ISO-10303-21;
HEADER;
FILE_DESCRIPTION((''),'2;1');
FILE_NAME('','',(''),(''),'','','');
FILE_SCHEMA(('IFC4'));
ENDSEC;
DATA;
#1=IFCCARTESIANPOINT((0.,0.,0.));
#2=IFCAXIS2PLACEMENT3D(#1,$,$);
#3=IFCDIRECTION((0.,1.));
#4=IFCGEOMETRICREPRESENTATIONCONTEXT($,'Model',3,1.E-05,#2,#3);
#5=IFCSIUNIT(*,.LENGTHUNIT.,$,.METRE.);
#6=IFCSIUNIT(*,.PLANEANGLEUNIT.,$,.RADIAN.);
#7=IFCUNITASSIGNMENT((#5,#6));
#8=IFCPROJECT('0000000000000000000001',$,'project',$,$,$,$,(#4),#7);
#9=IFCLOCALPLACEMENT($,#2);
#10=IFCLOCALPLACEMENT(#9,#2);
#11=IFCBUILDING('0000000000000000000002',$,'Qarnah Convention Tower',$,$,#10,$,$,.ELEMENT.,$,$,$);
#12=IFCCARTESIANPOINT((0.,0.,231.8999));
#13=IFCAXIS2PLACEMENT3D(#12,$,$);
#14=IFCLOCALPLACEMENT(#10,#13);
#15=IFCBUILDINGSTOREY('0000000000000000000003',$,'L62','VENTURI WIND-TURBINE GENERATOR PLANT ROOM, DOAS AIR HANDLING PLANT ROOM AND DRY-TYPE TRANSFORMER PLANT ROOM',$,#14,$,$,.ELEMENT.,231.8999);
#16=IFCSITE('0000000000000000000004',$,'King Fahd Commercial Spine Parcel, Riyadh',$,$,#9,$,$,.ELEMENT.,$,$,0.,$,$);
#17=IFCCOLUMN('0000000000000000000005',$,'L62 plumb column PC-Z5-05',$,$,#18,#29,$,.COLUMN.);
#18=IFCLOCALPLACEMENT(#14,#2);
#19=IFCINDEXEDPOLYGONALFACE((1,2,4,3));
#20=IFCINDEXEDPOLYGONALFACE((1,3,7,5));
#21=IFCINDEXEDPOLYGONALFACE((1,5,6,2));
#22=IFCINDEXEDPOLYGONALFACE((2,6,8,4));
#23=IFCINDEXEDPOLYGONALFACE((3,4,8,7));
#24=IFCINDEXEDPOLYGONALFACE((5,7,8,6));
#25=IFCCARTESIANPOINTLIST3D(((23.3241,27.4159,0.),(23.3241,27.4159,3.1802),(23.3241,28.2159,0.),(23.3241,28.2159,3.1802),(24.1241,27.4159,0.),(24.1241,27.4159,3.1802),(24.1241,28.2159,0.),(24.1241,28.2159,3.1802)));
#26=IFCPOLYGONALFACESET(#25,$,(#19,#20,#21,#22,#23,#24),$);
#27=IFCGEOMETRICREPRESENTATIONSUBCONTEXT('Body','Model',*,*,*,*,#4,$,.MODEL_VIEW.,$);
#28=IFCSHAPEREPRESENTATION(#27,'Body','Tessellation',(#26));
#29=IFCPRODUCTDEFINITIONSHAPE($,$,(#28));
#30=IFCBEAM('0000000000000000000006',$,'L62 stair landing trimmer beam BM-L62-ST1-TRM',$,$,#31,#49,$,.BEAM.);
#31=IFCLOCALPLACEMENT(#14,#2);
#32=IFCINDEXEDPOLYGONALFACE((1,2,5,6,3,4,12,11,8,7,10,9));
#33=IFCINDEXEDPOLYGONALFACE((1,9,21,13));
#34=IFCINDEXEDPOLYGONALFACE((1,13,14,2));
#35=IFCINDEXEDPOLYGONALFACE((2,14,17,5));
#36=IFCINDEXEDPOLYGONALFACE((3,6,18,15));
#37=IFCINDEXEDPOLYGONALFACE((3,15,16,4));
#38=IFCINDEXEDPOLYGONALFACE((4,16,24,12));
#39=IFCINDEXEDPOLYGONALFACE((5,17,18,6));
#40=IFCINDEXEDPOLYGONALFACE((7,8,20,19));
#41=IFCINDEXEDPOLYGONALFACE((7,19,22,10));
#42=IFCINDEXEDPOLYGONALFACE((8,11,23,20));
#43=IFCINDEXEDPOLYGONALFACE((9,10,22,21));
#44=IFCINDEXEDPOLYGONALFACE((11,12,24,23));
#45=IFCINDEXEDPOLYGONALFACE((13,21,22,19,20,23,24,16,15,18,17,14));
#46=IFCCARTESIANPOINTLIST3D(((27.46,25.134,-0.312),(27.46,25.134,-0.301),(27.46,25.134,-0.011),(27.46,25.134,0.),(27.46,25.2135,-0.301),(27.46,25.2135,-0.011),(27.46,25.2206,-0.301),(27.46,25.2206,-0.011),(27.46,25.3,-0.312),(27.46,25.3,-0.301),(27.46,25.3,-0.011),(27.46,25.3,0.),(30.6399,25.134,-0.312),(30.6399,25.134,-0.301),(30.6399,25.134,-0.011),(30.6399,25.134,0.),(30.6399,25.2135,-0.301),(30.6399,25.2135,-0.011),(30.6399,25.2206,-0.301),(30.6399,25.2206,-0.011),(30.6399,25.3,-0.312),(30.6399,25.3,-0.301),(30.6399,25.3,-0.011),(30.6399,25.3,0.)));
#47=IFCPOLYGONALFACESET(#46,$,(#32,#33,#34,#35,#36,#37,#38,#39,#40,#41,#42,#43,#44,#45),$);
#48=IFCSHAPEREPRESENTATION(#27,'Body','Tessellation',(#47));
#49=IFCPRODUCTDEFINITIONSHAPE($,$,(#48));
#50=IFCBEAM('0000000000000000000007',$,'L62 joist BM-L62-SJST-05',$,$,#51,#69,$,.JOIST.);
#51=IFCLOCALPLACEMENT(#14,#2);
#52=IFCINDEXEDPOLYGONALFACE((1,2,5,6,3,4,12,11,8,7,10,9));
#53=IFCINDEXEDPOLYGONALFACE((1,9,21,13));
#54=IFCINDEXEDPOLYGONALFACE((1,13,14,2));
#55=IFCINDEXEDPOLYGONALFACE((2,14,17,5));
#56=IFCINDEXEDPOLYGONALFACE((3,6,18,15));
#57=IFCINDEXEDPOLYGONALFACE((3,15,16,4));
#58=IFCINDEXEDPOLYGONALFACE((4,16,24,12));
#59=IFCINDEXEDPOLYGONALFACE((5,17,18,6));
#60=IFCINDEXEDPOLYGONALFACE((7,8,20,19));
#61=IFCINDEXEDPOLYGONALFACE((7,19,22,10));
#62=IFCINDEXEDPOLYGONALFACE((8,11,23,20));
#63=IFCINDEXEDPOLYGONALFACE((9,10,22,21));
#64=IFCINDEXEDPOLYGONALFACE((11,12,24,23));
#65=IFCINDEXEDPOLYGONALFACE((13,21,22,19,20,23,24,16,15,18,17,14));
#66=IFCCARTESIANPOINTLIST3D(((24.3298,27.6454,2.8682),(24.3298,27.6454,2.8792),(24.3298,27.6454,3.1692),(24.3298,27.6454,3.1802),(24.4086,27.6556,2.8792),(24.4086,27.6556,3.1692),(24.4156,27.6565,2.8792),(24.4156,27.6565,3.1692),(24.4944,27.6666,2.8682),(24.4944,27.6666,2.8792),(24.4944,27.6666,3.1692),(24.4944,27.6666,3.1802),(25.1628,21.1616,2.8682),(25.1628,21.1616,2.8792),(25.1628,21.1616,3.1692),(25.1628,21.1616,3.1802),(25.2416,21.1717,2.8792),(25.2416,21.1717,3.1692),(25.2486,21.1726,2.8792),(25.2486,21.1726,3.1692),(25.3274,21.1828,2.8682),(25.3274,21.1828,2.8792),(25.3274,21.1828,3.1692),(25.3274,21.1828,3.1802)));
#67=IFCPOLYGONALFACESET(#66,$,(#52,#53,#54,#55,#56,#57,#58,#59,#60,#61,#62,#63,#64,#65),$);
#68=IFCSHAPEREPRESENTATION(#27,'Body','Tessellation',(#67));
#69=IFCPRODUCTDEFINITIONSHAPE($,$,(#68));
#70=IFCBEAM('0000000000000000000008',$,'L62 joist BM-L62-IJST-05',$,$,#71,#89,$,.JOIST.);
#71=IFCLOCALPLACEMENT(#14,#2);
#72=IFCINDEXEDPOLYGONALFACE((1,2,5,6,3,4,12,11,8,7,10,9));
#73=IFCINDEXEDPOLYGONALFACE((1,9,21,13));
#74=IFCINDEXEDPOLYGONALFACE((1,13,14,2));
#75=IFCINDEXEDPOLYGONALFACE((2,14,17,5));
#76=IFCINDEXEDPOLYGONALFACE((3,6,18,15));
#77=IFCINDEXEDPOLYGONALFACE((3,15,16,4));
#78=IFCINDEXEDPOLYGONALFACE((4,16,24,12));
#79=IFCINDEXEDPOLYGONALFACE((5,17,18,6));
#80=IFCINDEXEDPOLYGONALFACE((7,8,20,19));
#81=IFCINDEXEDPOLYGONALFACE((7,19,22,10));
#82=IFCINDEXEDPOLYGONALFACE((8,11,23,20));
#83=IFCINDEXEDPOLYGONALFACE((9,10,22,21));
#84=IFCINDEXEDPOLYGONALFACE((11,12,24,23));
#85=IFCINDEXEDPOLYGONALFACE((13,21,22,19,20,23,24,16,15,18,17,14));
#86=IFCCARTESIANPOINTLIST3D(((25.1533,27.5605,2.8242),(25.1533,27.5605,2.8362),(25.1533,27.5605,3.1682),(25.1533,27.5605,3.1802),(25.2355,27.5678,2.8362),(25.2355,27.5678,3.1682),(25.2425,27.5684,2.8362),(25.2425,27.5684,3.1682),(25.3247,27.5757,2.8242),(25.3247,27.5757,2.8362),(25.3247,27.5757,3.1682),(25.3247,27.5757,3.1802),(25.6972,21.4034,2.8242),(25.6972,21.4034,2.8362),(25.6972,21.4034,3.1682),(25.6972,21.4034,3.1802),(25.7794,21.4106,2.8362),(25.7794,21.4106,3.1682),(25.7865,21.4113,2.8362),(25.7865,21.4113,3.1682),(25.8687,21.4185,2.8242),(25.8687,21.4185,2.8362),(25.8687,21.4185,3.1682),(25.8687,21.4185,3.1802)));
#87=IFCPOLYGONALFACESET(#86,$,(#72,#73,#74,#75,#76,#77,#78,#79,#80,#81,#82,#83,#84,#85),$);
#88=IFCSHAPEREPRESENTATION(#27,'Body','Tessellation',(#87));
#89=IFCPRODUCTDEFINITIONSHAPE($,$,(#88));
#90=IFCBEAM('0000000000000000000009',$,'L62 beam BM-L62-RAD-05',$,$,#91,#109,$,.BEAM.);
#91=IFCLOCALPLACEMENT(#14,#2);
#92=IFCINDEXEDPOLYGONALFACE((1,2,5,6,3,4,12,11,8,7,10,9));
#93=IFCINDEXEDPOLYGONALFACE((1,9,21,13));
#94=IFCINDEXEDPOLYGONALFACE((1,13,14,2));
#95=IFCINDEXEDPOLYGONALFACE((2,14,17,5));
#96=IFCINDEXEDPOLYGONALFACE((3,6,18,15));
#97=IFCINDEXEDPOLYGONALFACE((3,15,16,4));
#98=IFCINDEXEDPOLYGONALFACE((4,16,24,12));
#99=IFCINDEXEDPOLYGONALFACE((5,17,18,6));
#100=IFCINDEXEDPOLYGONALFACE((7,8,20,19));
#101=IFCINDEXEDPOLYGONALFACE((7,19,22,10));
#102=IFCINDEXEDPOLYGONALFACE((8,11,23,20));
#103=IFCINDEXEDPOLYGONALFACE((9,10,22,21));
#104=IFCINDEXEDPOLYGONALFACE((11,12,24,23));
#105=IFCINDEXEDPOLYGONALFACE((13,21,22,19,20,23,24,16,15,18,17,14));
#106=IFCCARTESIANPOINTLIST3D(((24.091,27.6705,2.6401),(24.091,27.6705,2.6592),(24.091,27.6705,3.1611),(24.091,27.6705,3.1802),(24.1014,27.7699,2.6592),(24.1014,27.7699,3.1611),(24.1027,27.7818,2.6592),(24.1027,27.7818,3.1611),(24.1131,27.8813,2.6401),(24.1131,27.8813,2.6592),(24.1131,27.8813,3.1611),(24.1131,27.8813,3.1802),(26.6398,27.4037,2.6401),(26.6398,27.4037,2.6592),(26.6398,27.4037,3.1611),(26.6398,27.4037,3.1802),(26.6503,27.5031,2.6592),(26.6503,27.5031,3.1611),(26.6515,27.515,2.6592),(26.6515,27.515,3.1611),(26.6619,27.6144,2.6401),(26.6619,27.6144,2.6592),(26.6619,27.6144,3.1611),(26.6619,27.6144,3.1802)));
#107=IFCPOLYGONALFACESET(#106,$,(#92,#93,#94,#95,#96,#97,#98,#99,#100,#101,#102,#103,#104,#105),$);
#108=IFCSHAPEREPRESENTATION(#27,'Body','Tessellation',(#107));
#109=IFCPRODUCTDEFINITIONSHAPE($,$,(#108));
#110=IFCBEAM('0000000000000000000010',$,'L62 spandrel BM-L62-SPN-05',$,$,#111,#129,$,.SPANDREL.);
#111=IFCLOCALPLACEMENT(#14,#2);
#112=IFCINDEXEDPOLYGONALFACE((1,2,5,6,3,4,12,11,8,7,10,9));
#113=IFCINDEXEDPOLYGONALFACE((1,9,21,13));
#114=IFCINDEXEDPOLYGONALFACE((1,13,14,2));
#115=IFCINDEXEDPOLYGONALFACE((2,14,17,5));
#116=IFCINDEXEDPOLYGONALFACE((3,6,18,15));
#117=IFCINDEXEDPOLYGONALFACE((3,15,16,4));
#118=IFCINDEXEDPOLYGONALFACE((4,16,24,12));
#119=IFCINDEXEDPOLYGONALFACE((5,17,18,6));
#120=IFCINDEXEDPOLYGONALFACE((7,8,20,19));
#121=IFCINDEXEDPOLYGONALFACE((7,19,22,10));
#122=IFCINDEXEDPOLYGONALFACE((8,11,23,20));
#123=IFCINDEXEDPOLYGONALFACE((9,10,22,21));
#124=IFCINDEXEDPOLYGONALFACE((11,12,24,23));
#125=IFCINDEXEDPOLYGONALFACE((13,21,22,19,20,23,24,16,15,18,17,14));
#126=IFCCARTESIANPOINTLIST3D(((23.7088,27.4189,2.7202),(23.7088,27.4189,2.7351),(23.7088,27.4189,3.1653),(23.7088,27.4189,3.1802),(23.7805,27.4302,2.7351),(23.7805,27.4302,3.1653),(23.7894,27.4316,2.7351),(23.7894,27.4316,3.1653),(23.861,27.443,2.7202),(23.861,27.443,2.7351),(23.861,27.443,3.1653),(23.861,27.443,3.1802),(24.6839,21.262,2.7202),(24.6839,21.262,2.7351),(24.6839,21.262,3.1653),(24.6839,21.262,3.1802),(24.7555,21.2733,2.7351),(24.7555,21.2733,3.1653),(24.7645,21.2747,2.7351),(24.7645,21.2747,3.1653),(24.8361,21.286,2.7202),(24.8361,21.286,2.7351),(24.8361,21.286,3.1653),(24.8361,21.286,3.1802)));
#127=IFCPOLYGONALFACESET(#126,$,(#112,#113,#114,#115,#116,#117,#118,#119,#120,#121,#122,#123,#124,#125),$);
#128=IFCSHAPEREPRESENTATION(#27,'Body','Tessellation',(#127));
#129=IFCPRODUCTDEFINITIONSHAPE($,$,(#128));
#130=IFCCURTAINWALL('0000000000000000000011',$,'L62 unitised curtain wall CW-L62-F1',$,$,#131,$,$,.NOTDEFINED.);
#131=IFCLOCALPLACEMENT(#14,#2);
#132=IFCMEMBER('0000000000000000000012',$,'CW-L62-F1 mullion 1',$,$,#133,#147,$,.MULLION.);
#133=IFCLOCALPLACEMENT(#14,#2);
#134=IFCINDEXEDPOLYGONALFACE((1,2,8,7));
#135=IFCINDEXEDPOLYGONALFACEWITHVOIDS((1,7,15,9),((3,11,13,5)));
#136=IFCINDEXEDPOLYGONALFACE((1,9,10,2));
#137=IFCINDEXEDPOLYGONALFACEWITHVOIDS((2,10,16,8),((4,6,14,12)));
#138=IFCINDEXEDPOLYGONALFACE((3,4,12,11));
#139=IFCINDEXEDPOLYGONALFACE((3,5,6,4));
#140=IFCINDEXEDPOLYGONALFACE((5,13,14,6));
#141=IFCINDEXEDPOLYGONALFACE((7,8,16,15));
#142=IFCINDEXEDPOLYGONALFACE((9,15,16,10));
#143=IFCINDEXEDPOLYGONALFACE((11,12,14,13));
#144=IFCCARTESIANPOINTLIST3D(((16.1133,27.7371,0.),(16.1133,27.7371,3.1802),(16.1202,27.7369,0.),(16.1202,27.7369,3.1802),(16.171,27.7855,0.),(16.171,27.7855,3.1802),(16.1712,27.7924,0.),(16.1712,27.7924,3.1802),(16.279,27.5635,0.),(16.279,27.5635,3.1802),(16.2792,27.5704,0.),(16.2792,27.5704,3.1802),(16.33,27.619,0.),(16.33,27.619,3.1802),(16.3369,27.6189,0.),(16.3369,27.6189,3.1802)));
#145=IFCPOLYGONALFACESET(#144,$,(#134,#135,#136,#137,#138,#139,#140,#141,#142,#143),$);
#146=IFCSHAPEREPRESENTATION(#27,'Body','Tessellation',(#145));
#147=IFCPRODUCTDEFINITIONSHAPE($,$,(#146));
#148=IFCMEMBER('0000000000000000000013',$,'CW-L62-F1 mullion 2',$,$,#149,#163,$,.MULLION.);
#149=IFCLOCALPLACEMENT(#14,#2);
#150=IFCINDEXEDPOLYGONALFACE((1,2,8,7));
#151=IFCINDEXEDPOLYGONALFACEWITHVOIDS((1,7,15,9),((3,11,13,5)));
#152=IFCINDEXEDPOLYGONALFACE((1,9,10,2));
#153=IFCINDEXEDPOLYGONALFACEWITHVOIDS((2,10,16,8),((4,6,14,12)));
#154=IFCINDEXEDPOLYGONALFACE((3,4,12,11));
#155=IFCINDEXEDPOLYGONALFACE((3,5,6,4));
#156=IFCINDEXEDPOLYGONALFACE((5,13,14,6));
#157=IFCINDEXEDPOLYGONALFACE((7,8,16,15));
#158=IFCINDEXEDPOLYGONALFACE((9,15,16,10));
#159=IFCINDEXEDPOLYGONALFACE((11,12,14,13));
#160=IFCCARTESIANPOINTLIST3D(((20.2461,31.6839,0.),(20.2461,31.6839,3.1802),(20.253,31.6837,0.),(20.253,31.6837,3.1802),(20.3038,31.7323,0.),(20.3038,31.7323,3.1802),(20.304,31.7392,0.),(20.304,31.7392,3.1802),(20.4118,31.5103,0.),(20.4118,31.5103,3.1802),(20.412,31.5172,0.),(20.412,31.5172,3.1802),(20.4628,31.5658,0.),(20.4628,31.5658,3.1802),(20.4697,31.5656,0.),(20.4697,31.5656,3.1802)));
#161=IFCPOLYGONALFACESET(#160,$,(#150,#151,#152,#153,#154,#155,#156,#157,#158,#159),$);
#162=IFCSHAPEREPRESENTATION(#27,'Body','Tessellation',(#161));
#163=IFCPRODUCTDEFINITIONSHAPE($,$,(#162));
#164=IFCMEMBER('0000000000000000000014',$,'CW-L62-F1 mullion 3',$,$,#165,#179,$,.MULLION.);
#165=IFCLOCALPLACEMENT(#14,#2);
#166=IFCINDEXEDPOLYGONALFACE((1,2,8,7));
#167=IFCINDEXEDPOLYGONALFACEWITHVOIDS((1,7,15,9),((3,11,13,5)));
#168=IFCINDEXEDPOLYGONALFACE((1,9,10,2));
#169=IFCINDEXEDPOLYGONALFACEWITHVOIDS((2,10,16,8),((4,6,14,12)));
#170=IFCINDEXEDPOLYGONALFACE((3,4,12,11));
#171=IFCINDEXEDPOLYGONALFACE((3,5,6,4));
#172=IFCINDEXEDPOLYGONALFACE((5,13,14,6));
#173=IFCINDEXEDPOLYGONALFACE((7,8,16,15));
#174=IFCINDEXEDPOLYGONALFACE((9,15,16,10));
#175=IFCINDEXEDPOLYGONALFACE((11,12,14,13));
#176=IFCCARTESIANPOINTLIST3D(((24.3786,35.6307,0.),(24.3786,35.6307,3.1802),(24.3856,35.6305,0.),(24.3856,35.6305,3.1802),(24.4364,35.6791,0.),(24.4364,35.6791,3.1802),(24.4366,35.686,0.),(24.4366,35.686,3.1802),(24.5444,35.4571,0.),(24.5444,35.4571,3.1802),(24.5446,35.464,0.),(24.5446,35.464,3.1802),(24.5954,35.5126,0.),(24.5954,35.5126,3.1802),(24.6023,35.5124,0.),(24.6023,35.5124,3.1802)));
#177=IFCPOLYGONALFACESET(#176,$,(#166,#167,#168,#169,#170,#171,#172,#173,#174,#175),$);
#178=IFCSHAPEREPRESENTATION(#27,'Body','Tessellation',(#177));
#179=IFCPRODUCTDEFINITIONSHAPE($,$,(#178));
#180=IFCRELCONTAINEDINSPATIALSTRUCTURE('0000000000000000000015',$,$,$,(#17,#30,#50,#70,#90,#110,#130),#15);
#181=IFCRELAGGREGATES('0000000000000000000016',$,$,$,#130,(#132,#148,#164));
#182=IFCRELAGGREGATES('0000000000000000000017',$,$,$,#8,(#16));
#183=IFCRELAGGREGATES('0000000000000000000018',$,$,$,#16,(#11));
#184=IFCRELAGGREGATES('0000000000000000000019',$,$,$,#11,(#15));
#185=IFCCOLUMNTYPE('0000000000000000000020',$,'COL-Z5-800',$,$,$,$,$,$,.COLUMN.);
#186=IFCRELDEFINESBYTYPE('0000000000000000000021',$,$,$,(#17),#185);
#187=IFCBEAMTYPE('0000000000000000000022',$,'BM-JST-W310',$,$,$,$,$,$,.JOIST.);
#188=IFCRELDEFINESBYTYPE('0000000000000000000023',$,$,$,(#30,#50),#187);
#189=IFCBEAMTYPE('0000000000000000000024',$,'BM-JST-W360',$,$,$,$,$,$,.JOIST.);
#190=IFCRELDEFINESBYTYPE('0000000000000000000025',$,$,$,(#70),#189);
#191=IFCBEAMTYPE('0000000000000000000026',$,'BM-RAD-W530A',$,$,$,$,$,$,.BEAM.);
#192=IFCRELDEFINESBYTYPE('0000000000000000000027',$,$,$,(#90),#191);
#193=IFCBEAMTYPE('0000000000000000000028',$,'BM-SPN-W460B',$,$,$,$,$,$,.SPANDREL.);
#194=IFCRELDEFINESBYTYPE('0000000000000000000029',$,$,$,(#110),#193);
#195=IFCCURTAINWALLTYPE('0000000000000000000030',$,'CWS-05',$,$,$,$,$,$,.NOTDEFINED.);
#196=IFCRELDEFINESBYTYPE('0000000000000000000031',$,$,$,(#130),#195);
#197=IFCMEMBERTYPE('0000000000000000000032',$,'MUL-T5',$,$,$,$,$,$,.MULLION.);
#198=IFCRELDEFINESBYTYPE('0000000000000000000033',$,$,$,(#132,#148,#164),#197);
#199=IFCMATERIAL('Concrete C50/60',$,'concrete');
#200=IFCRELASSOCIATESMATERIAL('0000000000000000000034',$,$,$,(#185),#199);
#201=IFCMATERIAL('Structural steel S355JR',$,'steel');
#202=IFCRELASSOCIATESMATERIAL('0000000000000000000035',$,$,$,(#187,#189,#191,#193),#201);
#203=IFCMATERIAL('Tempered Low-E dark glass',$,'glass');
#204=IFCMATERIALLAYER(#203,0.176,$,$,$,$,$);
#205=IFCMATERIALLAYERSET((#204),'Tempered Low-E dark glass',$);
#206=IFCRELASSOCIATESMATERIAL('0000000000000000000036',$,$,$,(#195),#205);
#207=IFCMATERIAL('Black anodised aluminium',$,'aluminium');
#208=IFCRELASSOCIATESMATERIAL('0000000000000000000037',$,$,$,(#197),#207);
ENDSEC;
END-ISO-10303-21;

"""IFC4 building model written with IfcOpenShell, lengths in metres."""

from ifc_helpers import new_model, si_unit, direction, frame, origin, origin_2d, place, context, subcontext, project, spatial, rectangle, hollow_rectangle, i_section, extrude, material, layer, layer_set, material_profile, profile_set, type_object, element, aggregate, save


model = new_model("IFC4")

# Units and contexts
model_context = context("Model", 3, precision=1e-05, world=origin(), true_north=direction((0.0, 1.0)))
body_context = subcontext(model_context, "Body", "Model", "MODEL_VIEW")
ifc_project = project(units=[si_unit("LENGTHUNIT", "METRE"), si_unit("PLANEANGLEUNIT", "RADIAN")], contexts=[model_context])

# Site, building, storey
site_placement = place(None, origin())
site = spatial("IfcSite", under=ifc_project, at=site_placement, Name="King Fahd Commercial Spine Parcel, Riyadh", CompositionType="ELEMENT", RefElevation=0.0)
building_placement = place(site_placement, origin())
building = spatial("IfcBuilding", under=site, at=building_placement, Name="Qarnah Convention Tower", CompositionType="ELEMENT")
storey_placement = place(building_placement, frame((0.0, 0.0, 231.8999)))
storey = spatial("IfcBuildingStorey", under=building, at=storey_placement, Name="L62", Description="VENTURI WIND-TURBINE GENERATOR PLANT ROOM, DOAS AIR HANDLING PLANT ROOM AND DRY-TYPE TRANSFORMER PLANT ROOM", CompositionType="ELEMENT", Elevation=231.8999)

# Column
ifc_material_1 = material(Name="Concrete C50/60", Category="concrete")
ifc_material_profile_1 = material_profile(ifc_material_1, rectangle(XDim=0.8, YDim=0.8, at=origin_2d()), Name="RC-COL-800X800")
ifc_profile_set_1 = profile_set([ifc_material_profile_1], Name="Concrete C50/60")
column_type = type_object("IfcColumnType", Name="COL-Z5-800", PredefinedType="COLUMN", material=ifc_profile_set_1)
column_placement = place(storey_placement, frame((23.7241, 27.8159, 0.0), z_axis=(0.0, 0.0, 1.0), x_axis=(1.0, 0.0, 0.0)))
element("IfcColumn", 1, at=column_placement, inside=storey, type_object=column_type, Name="L62 plumb column PC-Z5-05", PredefinedType="COLUMN", context=body_context, shape_type="SweptSolid", body=[
    extrude(rectangle(XDim=0.8, YDim=0.8, at=origin_2d()), origin(), (0.0, 0.0, 1.0), 3.1802),
])

# Beams
ifc_material_2 = material(Name="Structural steel S355JR", Category="steel")
ifc_material_profile_2 = material_profile(ifc_material_2, i_section(OverallWidth=0.166, OverallDepth=0.312, WebThickness=0.0071, FlangeThickness=0.011, at=origin_2d()), Name="W310X45")
ifc_profile_set_2 = profile_set([ifc_material_profile_2], Name="Structural steel S355JR")
beam_type_1 = type_object("IfcBeamType", Name="BM-JST-W310", PredefinedType="JOIST", material=ifc_profile_set_2)
beam_1_placement = place(storey_placement, frame((27.46, 25.217, -0.156), z_axis=(1.0, 0.0, 0.0), x_axis=(0.0, 1.0, 0.0)))
element("IfcBeam", 2, at=beam_1_placement, inside=storey, type_object=beam_type_1, Name="L62 stair landing trimmer beam BM-L62-ST1-TRM", PredefinedType="BEAM", context=body_context, shape_type="SweptSolid", body=[
    extrude(i_section(OverallWidth=0.166, OverallDepth=0.312, WebThickness=0.0071, FlangeThickness=0.011, at=origin_2d()), origin(), (0.0, 0.0, 1.0), 3.1799),
])
beam_2_placement = place(storey_placement, frame((24.4121, 27.656, 3.0242), z_axis=(0.127426, -0.991848, 0.0), x_axis=(0.991848, 0.127426, 0.0)))
element("IfcBeam", 3, at=beam_2_placement, inside=storey, type_object=beam_type_1, Name="L62 joist BM-L62-SJST-05", PredefinedType="JOIST", context=body_context, shape_type="SweptSolid", body=[
    extrude(i_section(OverallWidth=0.166, OverallDepth=0.312, WebThickness=0.0071, FlangeThickness=0.011, at=origin_2d()), origin(), (0.0, 0.0, 1.0), 6.5371),
])
ifc_material_profile_3 = material_profile(ifc_material_2, i_section(OverallWidth=0.1721, OverallDepth=0.356, WebThickness=0.0071, FlangeThickness=0.012, at=origin_2d()), Name="W360X51")
ifc_profile_set_3 = profile_set([ifc_material_profile_3], Name="Structural steel S355JR")
beam_type_2 = type_object("IfcBeamType", Name="BM-JST-W360", PredefinedType="JOIST", material=ifc_profile_set_3)
beam_3_placement = place(storey_placement, frame((25.239, 27.5681, 3.0022), z_axis=(0.088, -0.99612, 0.0), x_axis=(0.99612, 0.088, 0.0)))
element("IfcBeam", 4, at=beam_3_placement, inside=storey, type_object=beam_type_2, Name="L62 joist BM-L62-IJST-05", PredefinedType="JOIST", context=body_context, shape_type="SweptSolid", body=[
    extrude(i_section(OverallWidth=0.1721, OverallDepth=0.356, WebThickness=0.0071, FlangeThickness=0.012, at=origin_2d()), origin(), (0.0, 0.0, 1.0), 6.1812),
])
ifc_material_profile_4 = material_profile(ifc_material_2, i_section(OverallWidth=0.2119, OverallDepth=0.54, WebThickness=0.012, FlangeThickness=0.019, at=origin_2d()), Name="W530X109")
ifc_profile_set_4 = profile_set([ifc_material_profile_4], Name="Structural steel S355JR")
beam_type_3 = type_object("IfcBeamType", Name="BM-RAD-W530A", PredefinedType="BEAM", material=ifc_profile_set_4)
beam_4_placement = place(storey_placement, frame((26.6509, 27.509, 2.9102), z_axis=(-0.994564, 0.104124, 0.0), x_axis=(-0.104124, -0.994564, 0.0)))
element("IfcBeam", 5, at=beam_4_placement, inside=storey, type_object=beam_type_3, Name="L62 beam BM-L62-RAD-05", PredefinedType="BEAM", context=body_context, shape_type="SweptSolid", body=[
    extrude(i_section(OverallWidth=0.2119, OverallDepth=0.54, WebThickness=0.012, FlangeThickness=0.019, at=origin_2d()), origin(), (0.0, 0.0, 1.0), 2.5627),
])
ifc_material_profile_5 = material_profile(ifc_material_2, i_section(OverallWidth=0.1541, OverallDepth=0.46, WebThickness=0.009, FlangeThickness=0.0149, at=origin_2d()), Name="W460X68")
ifc_profile_set_5 = profile_set([ifc_material_profile_5], Name="Structural steel S355JR")
beam_type_4 = type_object("IfcBeamType", Name="BM-SPN-W460B", PredefinedType="SPANDREL", material=ifc_profile_set_5)
beam_5_placement = place(storey_placement, frame((23.7849, 27.4309, 2.9502), z_axis=(0.156423, -0.98769, 0.0), x_axis=(0.98769, 0.156423, 0.0)))
element("IfcBeam", 6, at=beam_5_placement, inside=storey, type_object=beam_type_4, Name="L62 spandrel BM-L62-SPN-05", PredefinedType="SPANDREL", context=body_context, shape_type="SweptSolid", body=[
    extrude(i_section(OverallWidth=0.1541, OverallDepth=0.46, WebThickness=0.009, FlangeThickness=0.0149, at=origin_2d()), origin(), (0.0, 0.0, 1.0), 6.2336),
])

# Curtain wall, members
ifc_material_3 = material(Name="Tempered Low-E dark glass", Category="glass")
ifc_layer_1 = layer(ifc_material_3, 0.176)
ifc_layer_set_1 = layer_set([ifc_layer_1], Name="Tempered Low-E dark glass")
curtain_wall_type = type_object("IfcCurtainWallType", Name="CWS-05", PredefinedType="NOTDEFINED", material=ifc_layer_set_1)
curtain_wall_placement = place(storey_placement, origin())
curtain_wall = element("IfcCurtainWall", 7, at=curtain_wall_placement, inside=storey, type_object=curtain_wall_type, Name="L62 unitised curtain wall CW-L62-F1", PredefinedType="NOTDEFINED")
ifc_material_4 = material(Name="Black anodised aluminium", Category="aluminium")
ifc_material_profile_6 = material_profile(ifc_material_4, hollow_rectangle(XDim=0.0801, YDim=0.24, WallThickness=0.0049, at=origin_2d()), Name="MUL-80X240")
ifc_profile_set_6 = profile_set([ifc_material_profile_6], Name="Black anodised aluminium")
member_type_1 = type_object("IfcMemberType", Name="MUL-T5", PredefinedType="MULLION", material=ifc_profile_set_6)
member_1_placement = place(storey_placement, frame((16.2251, 27.678, 0.0), z_axis=(0.0, 0.0, 1.0), x_axis=(0.723193, 0.690646, 0.0)))
member_1 = element("IfcMember", 8, at=member_1_placement, type_object=member_type_1, Name="CW-L62-F1 mullion 1", PredefinedType="MULLION", context=body_context, shape_type="SweptSolid", body=[
    extrude(hollow_rectangle(XDim=0.0801, YDim=0.24, WallThickness=0.0049, at=origin_2d()), origin(), (0.0, 0.0, 1.0), 3.1802),
])
member_2_placement = place(storey_placement, frame((20.3579, 31.6248, 0.0), z_axis=(0.0, 0.0, 1.0), x_axis=(0.723193, 0.690646, 0.0)))
member_2 = element("IfcMember", 9, at=member_2_placement, type_object=member_type_1, Name="CW-L62-F1 mullion 2", PredefinedType="MULLION", context=body_context, shape_type="SweptSolid", body=[
    extrude(hollow_rectangle(XDim=0.0801, YDim=0.24, WallThickness=0.0049, at=origin_2d()), origin(), (0.0, 0.0, 1.0), 3.1802),
])
member_3_placement = place(storey_placement, frame((24.4905, 35.5715, 0.0), z_axis=(0.0, 0.0, 1.0), x_axis=(0.723193, 0.690646, 0.0)))
member_3 = element("IfcMember", 10, at=member_3_placement, type_object=member_type_1, Name="CW-L62-F1 mullion 3", PredefinedType="MULLION", context=body_context, shape_type="SweptSolid", body=[
    extrude(hollow_rectangle(XDim=0.0801, YDim=0.24, WallThickness=0.0049, at=origin_2d()), origin(), (0.0, 0.0, 1.0), 3.1802),
])
aggregate(curtain_wall, [member_1, member_2, member_3])

save(model, "model.ifc")
